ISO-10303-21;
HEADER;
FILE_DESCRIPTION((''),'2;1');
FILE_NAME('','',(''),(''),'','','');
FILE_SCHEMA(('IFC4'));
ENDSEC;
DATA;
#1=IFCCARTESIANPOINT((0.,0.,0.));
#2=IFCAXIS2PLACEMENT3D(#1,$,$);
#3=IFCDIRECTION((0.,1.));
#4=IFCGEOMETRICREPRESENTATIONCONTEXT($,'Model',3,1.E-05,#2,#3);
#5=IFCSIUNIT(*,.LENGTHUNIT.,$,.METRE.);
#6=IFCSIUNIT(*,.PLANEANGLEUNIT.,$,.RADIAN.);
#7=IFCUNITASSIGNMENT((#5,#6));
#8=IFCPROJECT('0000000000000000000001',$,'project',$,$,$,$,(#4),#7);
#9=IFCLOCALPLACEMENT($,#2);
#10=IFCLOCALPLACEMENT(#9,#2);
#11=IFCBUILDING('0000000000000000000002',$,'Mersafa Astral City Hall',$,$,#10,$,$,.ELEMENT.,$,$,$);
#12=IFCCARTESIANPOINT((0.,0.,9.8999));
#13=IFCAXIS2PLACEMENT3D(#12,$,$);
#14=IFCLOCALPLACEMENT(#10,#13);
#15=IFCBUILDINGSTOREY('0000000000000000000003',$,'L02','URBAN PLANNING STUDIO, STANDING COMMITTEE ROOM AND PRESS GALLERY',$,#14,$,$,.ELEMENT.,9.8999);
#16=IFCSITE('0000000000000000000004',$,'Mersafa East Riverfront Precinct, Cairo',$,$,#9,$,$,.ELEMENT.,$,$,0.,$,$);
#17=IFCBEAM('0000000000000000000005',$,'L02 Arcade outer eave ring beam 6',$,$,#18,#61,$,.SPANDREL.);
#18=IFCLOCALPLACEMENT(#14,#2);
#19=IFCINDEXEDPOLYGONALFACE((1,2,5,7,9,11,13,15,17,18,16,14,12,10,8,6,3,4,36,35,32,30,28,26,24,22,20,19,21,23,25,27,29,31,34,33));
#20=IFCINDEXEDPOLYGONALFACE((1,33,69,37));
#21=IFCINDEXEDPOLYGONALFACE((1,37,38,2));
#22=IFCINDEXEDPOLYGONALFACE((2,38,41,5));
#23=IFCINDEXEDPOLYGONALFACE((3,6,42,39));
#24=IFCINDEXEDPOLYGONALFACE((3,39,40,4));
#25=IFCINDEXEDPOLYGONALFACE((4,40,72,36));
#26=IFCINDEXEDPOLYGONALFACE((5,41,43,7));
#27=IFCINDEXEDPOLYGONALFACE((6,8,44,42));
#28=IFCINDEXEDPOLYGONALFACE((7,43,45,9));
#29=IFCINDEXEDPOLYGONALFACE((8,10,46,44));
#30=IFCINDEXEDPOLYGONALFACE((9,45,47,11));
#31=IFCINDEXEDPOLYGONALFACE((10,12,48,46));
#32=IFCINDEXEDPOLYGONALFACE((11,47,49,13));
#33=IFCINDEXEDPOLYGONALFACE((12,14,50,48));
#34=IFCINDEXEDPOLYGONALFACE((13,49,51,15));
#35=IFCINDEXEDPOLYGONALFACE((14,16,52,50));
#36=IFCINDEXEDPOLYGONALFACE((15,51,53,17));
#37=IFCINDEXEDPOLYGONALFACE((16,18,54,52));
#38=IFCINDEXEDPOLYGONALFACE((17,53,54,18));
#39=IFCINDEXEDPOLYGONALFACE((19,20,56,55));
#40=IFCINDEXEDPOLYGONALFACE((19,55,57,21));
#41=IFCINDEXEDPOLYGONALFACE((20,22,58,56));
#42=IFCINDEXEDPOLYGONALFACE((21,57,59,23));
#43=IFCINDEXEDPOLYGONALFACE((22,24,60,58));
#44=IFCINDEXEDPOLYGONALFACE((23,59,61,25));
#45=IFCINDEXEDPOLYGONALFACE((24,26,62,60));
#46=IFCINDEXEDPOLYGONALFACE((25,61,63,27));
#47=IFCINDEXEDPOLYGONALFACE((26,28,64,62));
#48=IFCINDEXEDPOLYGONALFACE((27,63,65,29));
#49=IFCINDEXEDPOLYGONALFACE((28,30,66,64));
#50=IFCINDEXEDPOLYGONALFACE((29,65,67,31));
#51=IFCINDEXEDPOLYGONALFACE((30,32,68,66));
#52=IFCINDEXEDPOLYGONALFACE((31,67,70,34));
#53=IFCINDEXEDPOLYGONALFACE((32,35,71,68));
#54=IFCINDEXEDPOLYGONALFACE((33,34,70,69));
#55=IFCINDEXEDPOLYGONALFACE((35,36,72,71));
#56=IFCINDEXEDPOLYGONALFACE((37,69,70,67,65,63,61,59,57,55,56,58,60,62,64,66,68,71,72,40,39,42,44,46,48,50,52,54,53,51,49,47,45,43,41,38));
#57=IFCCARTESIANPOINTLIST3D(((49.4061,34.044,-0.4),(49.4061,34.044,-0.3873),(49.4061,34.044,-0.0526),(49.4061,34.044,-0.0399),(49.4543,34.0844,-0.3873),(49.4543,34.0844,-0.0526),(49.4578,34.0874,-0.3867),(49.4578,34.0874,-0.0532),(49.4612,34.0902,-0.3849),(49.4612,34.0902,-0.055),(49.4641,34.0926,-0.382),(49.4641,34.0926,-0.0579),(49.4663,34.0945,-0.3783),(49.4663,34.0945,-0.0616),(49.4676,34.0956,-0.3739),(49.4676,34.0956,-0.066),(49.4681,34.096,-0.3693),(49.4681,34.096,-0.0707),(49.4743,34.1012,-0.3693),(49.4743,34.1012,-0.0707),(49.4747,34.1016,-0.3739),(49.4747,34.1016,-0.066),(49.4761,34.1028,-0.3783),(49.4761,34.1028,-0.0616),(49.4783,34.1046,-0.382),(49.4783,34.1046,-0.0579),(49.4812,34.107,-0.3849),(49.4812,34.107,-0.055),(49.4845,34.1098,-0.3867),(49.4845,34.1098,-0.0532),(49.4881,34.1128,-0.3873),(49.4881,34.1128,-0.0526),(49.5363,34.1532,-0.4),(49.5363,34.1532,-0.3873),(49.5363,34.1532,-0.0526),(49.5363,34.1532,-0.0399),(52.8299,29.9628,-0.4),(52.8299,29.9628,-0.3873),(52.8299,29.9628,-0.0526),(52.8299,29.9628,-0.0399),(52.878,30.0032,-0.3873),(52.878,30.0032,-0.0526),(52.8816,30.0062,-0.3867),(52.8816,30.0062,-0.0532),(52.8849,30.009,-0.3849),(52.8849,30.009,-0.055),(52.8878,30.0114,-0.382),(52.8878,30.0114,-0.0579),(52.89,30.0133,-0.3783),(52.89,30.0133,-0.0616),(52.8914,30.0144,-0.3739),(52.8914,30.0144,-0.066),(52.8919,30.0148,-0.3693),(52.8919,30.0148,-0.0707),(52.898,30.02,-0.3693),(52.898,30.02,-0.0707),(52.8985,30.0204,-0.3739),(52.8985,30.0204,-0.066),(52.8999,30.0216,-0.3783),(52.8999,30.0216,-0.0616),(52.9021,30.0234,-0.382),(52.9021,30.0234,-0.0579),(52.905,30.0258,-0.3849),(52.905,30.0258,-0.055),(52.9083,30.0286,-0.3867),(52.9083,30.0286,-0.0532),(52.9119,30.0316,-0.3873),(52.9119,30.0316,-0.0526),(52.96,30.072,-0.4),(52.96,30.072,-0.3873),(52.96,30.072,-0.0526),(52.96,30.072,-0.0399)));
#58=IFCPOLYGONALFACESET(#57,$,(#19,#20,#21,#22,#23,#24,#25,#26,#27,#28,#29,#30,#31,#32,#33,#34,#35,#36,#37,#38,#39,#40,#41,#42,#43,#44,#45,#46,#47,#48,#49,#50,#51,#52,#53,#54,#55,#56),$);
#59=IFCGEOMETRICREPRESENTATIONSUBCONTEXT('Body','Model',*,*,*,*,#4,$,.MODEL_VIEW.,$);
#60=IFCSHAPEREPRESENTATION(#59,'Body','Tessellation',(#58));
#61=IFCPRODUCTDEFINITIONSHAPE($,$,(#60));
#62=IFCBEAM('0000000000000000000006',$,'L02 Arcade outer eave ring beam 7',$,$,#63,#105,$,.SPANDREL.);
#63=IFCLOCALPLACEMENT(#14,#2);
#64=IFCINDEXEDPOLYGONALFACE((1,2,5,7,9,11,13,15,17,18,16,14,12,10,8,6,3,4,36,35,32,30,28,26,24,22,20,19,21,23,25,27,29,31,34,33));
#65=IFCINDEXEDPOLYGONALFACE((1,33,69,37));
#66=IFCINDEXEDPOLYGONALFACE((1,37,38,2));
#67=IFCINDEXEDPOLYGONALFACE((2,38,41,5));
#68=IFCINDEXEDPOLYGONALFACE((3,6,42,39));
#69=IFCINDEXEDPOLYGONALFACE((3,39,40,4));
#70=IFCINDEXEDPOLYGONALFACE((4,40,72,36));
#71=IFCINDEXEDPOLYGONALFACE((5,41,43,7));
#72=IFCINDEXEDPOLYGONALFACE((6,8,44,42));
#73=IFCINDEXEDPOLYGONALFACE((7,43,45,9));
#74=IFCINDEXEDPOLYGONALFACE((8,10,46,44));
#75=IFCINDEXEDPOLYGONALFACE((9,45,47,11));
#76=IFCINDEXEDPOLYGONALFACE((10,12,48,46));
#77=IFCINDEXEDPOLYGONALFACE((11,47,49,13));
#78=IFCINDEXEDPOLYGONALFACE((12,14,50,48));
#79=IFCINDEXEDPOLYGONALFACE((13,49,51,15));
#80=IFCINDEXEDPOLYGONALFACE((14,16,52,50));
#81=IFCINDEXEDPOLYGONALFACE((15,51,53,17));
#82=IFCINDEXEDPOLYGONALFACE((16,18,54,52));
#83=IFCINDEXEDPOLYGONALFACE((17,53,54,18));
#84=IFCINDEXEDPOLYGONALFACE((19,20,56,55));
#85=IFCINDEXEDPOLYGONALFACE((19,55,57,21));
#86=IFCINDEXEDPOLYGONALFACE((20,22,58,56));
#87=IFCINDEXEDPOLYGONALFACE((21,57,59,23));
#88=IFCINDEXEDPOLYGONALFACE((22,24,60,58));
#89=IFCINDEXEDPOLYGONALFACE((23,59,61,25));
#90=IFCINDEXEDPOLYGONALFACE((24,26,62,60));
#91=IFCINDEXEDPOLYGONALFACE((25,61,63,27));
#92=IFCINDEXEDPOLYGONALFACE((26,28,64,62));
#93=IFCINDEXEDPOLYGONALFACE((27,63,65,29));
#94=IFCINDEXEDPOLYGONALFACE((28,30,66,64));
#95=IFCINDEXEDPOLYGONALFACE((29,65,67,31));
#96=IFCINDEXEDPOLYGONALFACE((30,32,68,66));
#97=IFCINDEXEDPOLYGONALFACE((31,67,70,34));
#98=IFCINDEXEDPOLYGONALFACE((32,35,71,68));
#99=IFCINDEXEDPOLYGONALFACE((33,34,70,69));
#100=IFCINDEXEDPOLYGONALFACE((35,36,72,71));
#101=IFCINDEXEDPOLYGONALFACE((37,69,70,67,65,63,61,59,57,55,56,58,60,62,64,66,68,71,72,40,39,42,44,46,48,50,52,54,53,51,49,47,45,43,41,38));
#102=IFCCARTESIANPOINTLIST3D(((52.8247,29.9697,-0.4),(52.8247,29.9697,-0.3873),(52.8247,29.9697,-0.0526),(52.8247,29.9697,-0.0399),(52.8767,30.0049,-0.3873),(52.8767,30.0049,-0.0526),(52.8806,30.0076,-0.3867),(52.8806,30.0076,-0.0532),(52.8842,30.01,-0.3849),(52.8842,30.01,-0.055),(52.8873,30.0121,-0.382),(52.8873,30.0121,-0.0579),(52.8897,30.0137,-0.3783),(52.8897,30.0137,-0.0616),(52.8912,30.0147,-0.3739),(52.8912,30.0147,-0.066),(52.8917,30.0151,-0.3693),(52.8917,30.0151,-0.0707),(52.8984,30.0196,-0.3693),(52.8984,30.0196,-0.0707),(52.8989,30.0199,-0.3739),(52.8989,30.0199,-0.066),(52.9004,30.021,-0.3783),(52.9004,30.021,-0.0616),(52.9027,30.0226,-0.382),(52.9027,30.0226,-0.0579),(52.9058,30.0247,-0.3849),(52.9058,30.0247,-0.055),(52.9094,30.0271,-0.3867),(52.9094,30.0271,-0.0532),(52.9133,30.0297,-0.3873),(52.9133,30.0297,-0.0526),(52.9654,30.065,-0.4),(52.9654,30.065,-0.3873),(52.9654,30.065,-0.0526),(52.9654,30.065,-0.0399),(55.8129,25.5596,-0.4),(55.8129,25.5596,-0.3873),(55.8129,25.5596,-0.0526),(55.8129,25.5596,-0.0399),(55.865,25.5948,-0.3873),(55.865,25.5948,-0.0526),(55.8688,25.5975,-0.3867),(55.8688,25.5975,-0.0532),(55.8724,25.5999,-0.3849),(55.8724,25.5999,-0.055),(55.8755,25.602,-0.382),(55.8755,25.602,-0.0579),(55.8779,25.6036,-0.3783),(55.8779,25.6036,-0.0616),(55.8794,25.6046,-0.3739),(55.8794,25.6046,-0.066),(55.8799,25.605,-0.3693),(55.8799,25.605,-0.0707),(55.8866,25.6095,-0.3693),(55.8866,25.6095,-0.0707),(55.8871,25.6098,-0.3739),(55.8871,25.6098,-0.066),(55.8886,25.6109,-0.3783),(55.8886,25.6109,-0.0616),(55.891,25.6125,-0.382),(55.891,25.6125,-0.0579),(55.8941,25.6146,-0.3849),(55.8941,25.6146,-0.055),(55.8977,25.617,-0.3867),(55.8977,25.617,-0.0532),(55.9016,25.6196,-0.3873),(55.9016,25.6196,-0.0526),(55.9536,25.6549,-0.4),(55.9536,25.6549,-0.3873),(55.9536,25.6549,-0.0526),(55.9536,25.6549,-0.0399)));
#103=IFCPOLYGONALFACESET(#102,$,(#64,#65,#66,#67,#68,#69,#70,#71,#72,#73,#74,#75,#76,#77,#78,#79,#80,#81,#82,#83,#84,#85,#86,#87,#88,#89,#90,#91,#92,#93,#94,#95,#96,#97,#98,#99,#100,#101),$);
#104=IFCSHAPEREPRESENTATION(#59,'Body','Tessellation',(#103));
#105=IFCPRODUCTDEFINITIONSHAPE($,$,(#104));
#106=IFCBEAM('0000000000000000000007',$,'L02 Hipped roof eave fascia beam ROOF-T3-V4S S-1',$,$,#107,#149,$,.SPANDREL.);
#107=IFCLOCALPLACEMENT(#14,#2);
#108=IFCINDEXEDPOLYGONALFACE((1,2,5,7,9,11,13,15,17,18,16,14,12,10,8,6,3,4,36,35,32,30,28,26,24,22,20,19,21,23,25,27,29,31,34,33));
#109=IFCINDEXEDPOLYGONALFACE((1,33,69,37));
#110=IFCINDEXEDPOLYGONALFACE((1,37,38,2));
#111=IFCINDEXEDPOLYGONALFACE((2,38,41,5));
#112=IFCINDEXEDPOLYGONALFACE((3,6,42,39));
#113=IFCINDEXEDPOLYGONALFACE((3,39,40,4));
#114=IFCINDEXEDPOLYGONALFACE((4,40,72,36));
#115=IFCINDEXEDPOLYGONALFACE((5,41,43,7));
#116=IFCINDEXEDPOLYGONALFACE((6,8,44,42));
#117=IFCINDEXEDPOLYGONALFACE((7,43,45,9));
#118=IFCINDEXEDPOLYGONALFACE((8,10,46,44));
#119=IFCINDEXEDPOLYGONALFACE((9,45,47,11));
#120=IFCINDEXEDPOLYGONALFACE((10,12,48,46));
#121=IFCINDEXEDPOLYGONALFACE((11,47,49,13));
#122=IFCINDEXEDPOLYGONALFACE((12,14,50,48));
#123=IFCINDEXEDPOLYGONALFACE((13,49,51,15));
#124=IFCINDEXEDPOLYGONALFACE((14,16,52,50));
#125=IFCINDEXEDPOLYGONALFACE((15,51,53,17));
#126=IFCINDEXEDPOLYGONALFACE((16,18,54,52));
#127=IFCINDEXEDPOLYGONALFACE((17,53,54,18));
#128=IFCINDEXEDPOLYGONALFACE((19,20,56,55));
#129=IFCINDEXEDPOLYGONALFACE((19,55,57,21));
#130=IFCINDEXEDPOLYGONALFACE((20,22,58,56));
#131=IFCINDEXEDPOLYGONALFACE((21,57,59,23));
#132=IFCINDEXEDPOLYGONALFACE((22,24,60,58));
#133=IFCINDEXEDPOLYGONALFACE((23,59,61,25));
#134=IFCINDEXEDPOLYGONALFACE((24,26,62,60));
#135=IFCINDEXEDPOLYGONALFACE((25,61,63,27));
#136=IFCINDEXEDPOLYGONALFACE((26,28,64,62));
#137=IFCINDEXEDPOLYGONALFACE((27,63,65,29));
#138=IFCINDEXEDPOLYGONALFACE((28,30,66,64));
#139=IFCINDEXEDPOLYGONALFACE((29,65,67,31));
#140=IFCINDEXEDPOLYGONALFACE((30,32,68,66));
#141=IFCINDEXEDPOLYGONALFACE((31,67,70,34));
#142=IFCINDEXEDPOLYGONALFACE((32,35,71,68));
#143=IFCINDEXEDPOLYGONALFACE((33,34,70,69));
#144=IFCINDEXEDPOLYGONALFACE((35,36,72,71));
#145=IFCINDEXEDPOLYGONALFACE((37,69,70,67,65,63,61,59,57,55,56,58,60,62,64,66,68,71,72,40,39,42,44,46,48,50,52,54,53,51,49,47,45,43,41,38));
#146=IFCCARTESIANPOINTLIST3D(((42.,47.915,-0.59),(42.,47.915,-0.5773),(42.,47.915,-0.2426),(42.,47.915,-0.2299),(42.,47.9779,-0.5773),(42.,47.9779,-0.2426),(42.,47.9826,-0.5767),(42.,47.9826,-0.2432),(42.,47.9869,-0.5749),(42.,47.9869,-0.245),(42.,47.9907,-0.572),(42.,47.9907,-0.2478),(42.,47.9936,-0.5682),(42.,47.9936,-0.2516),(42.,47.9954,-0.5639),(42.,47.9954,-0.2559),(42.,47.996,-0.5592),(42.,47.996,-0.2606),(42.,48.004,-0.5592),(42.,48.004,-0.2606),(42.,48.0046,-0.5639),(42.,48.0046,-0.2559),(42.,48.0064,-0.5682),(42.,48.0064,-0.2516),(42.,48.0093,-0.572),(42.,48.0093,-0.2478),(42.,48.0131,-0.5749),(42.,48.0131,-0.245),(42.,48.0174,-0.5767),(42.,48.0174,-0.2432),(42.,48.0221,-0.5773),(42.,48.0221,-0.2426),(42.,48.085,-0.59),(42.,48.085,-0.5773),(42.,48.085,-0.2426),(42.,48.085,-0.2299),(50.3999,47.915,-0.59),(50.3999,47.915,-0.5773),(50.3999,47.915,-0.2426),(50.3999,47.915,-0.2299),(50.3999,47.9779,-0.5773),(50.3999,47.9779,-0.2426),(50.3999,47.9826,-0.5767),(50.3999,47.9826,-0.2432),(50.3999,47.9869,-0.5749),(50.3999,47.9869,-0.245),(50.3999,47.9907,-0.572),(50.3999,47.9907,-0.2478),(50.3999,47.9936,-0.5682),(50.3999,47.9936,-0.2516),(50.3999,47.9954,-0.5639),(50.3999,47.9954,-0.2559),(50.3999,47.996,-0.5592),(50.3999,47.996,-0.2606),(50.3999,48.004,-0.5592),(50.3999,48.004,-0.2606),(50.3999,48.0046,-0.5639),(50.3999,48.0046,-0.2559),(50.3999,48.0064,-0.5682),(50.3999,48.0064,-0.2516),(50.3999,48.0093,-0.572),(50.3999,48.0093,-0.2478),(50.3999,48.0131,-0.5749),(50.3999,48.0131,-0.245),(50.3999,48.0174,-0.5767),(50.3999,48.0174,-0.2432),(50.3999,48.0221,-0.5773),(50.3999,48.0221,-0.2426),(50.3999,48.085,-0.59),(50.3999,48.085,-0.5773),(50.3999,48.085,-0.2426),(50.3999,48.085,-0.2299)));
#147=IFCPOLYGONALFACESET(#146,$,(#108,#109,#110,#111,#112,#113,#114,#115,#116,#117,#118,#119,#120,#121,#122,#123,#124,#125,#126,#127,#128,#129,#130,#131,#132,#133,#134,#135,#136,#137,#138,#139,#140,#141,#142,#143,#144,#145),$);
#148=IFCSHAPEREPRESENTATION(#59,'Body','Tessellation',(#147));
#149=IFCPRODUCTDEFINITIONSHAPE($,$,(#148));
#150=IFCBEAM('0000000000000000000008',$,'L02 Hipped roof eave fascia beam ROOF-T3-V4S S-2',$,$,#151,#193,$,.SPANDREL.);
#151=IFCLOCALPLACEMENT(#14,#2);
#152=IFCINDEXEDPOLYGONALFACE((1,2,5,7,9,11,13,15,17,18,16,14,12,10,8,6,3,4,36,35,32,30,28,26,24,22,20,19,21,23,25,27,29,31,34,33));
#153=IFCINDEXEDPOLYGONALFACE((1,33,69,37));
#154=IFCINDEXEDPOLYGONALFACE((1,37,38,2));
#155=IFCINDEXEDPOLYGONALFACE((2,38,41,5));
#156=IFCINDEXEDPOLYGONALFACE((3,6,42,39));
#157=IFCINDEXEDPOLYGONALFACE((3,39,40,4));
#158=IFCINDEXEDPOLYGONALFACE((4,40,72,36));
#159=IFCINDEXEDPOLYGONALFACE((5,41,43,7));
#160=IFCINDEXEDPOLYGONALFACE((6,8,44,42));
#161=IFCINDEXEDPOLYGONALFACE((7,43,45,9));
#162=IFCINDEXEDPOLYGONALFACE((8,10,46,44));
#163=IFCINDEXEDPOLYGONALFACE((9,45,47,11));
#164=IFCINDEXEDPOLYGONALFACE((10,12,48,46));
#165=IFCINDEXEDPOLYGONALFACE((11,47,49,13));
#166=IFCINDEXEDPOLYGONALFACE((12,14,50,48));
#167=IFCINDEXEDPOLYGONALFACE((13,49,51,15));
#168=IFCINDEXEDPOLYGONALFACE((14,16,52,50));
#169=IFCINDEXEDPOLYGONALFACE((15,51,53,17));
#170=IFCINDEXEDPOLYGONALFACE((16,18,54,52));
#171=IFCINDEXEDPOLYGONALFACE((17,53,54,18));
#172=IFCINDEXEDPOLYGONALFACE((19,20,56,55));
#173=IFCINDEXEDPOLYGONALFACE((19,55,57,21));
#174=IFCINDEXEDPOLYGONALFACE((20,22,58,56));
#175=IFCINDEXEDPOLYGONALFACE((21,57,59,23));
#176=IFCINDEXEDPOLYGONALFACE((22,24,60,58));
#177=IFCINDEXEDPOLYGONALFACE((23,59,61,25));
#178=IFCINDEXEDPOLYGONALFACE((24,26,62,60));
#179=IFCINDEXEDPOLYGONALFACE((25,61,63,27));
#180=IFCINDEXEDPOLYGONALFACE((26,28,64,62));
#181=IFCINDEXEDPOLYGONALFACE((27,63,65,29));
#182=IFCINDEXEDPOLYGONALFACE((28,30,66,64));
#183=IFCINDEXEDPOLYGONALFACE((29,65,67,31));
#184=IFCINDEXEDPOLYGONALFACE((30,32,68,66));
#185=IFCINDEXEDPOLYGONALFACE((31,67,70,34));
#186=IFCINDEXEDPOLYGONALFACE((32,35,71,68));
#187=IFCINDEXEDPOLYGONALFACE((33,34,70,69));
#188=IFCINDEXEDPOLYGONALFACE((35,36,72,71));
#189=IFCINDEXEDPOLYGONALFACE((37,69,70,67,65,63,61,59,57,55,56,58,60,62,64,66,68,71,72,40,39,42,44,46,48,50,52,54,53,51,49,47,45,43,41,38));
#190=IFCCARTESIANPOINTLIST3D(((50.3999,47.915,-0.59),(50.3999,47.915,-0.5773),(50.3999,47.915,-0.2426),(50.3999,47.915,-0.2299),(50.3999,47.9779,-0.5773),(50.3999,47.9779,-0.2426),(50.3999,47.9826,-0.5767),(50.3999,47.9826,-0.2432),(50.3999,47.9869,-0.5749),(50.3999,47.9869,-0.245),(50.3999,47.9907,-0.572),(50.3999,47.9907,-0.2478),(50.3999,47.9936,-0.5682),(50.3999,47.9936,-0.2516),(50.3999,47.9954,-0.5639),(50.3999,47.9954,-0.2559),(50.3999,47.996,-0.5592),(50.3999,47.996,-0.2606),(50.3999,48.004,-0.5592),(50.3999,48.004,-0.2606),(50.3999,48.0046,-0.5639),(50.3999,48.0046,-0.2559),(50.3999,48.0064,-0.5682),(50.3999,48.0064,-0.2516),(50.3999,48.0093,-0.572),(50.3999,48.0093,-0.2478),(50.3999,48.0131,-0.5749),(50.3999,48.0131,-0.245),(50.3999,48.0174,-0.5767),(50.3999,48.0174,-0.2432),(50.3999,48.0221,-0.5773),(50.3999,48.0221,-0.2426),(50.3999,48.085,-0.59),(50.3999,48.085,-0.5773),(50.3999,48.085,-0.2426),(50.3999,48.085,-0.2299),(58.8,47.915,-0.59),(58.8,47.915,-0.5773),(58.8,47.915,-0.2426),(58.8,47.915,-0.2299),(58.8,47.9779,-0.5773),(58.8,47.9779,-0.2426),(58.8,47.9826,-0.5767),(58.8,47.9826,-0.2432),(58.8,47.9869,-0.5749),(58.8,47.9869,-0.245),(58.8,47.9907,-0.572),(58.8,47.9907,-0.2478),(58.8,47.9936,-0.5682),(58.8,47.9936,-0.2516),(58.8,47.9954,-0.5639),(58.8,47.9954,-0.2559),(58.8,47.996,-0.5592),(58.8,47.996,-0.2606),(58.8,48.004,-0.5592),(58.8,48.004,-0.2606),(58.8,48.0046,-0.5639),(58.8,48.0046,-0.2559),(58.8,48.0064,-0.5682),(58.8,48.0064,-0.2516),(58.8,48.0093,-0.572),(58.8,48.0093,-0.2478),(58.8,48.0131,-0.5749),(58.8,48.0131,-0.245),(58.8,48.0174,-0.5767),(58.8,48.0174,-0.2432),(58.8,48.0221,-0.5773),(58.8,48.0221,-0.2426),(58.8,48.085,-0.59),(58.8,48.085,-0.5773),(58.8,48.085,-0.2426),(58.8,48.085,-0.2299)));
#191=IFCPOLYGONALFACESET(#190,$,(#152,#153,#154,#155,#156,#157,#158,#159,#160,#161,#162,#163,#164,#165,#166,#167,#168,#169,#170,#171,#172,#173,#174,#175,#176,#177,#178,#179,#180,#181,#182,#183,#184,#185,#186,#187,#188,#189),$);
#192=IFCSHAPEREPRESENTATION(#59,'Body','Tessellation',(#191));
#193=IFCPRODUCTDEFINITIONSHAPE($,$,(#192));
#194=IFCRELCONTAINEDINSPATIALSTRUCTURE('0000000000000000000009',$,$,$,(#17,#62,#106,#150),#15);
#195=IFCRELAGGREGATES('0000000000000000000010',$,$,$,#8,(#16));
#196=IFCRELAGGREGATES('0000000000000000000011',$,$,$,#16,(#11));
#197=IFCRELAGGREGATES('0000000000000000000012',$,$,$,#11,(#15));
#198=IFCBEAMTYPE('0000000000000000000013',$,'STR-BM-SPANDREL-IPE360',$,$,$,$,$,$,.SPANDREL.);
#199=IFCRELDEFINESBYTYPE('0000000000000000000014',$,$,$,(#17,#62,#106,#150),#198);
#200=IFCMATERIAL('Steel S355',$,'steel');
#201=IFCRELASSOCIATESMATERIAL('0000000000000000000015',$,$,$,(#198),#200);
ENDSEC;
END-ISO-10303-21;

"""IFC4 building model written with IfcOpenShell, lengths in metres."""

from ifc_helpers import new_model, si_unit, direction, frame, origin, origin_2d, place, context, subcontext, project, spatial, i_section, extrude, material, material_profile, profile_set, type_object, element, save


model = new_model("IFC4")

# Units and contexts
model_context = context("Model", 3, precision=1e-05, world=origin(), true_north=direction((0.0, 1.0)))
body_context = subcontext(model_context, "Body", "Model", "MODEL_VIEW")
ifc_project = project(units=[si_unit("LENGTHUNIT", "METRE"), si_unit("PLANEANGLEUNIT", "RADIAN")], contexts=[model_context])

# Site, building, storey
site_placement = place(None, origin())
site = spatial("IfcSite", under=ifc_project, at=site_placement, Name="Mersafa East Riverfront Precinct, Cairo", CompositionType="ELEMENT", RefElevation=0.0)
building_placement = place(site_placement, origin())
building = spatial("IfcBuilding", under=site, at=building_placement, Name="Mersafa Astral City Hall", CompositionType="ELEMENT")
storey_placement = place(building_placement, frame((0.0, 0.0, 9.8999)))
storey = spatial("IfcBuildingStorey", under=building, at=storey_placement, Name="L02", Description="URBAN PLANNING STUDIO, STANDING COMMITTEE ROOM AND PRESS GALLERY", CompositionType="ELEMENT", Elevation=9.8999)

# Beams
ifc_material_1 = material(Name="Steel S355", Category="steel")
ifc_material_profile_1 = material_profile(ifc_material_1, i_section(OverallWidth=0.1699, OverallDepth=0.3601, WebThickness=0.0081, FlangeThickness=0.0127, FilletRadius=0.0181, at=origin_2d()), Name="IPE 360")
ifc_profile_set_1 = profile_set([ifc_material_profile_1], Name="Steel S355")
beam_type_1 = type_object("IfcBeamType", Name="STR-BM-SPANDREL-IPE360", PredefinedType="SPANDREL", material=ifc_profile_set_1)
for number, where, z_axis, x_axis, name in (
    (1, (49.4712, 34.0986, -0.22), (0.642701, -0.766117, 0.0), (0.766117, 0.642701, 0.0), "L02 Arcade outer eave ring beam 6"),
    (2, (52.895, 30.0173, -0.22), (0.560945, -0.827853, 0.0), (0.827853, 0.560945, 0.0), "L02 Arcade outer eave ring beam 7"),
):
    element("IfcBeam", number, at=place(storey_placement, frame(where, z_axis=z_axis, x_axis=x_axis)), inside=storey, type_object=beam_type_1, Name=name, PredefinedType="SPANDREL", context=body_context, shape_type="SweptSolid", body=[
        extrude(i_section(OverallWidth=0.1699, OverallDepth=0.3601, WebThickness=0.0081, FlangeThickness=0.0127, FilletRadius=0.0181, at=origin_2d()), origin(), (0.0, 0.0, 1.0), 5.3271),
    ])
beam_1_placement = place(storey_placement, frame((42.0, 48.0, -0.4099), z_axis=(1.0, 0.0, 0.0), x_axis=(0.0, 1.0, 0.0)))
element("IfcBeam", 3, at=beam_1_placement, inside=storey, type_object=beam_type_1, Name="L02 Hipped roof eave fascia beam ROOF-T3-V4S S-1", PredefinedType="SPANDREL", context=body_context, shape_type="SweptSolid", body=[
    extrude(i_section(OverallWidth=0.1699, OverallDepth=0.3601, WebThickness=0.0081, FlangeThickness=0.0127, FilletRadius=0.0181, at=origin_2d()), origin(), (0.0, 0.0, 1.0), 8.3999),
])
beam_2_placement = place(storey_placement, frame((50.3999, 48.0, -0.4099), z_axis=(1.0, 0.0, 0.0), x_axis=(0.0, 1.0, 0.0)))
element("IfcBeam", 4, at=beam_2_placement, inside=storey, type_object=beam_type_1, Name="L02 Hipped roof eave fascia beam ROOF-T3-V4S S-2", PredefinedType="SPANDREL", context=body_context, shape_type="SweptSolid", body=[
    extrude(i_section(OverallWidth=0.1699, OverallDepth=0.3601, WebThickness=0.0081, FlangeThickness=0.0127, FilletRadius=0.0181, at=origin_2d()), origin(), (0.0, 0.0, 1.0), 8.4001),
])

save(model, "model.ifc")
